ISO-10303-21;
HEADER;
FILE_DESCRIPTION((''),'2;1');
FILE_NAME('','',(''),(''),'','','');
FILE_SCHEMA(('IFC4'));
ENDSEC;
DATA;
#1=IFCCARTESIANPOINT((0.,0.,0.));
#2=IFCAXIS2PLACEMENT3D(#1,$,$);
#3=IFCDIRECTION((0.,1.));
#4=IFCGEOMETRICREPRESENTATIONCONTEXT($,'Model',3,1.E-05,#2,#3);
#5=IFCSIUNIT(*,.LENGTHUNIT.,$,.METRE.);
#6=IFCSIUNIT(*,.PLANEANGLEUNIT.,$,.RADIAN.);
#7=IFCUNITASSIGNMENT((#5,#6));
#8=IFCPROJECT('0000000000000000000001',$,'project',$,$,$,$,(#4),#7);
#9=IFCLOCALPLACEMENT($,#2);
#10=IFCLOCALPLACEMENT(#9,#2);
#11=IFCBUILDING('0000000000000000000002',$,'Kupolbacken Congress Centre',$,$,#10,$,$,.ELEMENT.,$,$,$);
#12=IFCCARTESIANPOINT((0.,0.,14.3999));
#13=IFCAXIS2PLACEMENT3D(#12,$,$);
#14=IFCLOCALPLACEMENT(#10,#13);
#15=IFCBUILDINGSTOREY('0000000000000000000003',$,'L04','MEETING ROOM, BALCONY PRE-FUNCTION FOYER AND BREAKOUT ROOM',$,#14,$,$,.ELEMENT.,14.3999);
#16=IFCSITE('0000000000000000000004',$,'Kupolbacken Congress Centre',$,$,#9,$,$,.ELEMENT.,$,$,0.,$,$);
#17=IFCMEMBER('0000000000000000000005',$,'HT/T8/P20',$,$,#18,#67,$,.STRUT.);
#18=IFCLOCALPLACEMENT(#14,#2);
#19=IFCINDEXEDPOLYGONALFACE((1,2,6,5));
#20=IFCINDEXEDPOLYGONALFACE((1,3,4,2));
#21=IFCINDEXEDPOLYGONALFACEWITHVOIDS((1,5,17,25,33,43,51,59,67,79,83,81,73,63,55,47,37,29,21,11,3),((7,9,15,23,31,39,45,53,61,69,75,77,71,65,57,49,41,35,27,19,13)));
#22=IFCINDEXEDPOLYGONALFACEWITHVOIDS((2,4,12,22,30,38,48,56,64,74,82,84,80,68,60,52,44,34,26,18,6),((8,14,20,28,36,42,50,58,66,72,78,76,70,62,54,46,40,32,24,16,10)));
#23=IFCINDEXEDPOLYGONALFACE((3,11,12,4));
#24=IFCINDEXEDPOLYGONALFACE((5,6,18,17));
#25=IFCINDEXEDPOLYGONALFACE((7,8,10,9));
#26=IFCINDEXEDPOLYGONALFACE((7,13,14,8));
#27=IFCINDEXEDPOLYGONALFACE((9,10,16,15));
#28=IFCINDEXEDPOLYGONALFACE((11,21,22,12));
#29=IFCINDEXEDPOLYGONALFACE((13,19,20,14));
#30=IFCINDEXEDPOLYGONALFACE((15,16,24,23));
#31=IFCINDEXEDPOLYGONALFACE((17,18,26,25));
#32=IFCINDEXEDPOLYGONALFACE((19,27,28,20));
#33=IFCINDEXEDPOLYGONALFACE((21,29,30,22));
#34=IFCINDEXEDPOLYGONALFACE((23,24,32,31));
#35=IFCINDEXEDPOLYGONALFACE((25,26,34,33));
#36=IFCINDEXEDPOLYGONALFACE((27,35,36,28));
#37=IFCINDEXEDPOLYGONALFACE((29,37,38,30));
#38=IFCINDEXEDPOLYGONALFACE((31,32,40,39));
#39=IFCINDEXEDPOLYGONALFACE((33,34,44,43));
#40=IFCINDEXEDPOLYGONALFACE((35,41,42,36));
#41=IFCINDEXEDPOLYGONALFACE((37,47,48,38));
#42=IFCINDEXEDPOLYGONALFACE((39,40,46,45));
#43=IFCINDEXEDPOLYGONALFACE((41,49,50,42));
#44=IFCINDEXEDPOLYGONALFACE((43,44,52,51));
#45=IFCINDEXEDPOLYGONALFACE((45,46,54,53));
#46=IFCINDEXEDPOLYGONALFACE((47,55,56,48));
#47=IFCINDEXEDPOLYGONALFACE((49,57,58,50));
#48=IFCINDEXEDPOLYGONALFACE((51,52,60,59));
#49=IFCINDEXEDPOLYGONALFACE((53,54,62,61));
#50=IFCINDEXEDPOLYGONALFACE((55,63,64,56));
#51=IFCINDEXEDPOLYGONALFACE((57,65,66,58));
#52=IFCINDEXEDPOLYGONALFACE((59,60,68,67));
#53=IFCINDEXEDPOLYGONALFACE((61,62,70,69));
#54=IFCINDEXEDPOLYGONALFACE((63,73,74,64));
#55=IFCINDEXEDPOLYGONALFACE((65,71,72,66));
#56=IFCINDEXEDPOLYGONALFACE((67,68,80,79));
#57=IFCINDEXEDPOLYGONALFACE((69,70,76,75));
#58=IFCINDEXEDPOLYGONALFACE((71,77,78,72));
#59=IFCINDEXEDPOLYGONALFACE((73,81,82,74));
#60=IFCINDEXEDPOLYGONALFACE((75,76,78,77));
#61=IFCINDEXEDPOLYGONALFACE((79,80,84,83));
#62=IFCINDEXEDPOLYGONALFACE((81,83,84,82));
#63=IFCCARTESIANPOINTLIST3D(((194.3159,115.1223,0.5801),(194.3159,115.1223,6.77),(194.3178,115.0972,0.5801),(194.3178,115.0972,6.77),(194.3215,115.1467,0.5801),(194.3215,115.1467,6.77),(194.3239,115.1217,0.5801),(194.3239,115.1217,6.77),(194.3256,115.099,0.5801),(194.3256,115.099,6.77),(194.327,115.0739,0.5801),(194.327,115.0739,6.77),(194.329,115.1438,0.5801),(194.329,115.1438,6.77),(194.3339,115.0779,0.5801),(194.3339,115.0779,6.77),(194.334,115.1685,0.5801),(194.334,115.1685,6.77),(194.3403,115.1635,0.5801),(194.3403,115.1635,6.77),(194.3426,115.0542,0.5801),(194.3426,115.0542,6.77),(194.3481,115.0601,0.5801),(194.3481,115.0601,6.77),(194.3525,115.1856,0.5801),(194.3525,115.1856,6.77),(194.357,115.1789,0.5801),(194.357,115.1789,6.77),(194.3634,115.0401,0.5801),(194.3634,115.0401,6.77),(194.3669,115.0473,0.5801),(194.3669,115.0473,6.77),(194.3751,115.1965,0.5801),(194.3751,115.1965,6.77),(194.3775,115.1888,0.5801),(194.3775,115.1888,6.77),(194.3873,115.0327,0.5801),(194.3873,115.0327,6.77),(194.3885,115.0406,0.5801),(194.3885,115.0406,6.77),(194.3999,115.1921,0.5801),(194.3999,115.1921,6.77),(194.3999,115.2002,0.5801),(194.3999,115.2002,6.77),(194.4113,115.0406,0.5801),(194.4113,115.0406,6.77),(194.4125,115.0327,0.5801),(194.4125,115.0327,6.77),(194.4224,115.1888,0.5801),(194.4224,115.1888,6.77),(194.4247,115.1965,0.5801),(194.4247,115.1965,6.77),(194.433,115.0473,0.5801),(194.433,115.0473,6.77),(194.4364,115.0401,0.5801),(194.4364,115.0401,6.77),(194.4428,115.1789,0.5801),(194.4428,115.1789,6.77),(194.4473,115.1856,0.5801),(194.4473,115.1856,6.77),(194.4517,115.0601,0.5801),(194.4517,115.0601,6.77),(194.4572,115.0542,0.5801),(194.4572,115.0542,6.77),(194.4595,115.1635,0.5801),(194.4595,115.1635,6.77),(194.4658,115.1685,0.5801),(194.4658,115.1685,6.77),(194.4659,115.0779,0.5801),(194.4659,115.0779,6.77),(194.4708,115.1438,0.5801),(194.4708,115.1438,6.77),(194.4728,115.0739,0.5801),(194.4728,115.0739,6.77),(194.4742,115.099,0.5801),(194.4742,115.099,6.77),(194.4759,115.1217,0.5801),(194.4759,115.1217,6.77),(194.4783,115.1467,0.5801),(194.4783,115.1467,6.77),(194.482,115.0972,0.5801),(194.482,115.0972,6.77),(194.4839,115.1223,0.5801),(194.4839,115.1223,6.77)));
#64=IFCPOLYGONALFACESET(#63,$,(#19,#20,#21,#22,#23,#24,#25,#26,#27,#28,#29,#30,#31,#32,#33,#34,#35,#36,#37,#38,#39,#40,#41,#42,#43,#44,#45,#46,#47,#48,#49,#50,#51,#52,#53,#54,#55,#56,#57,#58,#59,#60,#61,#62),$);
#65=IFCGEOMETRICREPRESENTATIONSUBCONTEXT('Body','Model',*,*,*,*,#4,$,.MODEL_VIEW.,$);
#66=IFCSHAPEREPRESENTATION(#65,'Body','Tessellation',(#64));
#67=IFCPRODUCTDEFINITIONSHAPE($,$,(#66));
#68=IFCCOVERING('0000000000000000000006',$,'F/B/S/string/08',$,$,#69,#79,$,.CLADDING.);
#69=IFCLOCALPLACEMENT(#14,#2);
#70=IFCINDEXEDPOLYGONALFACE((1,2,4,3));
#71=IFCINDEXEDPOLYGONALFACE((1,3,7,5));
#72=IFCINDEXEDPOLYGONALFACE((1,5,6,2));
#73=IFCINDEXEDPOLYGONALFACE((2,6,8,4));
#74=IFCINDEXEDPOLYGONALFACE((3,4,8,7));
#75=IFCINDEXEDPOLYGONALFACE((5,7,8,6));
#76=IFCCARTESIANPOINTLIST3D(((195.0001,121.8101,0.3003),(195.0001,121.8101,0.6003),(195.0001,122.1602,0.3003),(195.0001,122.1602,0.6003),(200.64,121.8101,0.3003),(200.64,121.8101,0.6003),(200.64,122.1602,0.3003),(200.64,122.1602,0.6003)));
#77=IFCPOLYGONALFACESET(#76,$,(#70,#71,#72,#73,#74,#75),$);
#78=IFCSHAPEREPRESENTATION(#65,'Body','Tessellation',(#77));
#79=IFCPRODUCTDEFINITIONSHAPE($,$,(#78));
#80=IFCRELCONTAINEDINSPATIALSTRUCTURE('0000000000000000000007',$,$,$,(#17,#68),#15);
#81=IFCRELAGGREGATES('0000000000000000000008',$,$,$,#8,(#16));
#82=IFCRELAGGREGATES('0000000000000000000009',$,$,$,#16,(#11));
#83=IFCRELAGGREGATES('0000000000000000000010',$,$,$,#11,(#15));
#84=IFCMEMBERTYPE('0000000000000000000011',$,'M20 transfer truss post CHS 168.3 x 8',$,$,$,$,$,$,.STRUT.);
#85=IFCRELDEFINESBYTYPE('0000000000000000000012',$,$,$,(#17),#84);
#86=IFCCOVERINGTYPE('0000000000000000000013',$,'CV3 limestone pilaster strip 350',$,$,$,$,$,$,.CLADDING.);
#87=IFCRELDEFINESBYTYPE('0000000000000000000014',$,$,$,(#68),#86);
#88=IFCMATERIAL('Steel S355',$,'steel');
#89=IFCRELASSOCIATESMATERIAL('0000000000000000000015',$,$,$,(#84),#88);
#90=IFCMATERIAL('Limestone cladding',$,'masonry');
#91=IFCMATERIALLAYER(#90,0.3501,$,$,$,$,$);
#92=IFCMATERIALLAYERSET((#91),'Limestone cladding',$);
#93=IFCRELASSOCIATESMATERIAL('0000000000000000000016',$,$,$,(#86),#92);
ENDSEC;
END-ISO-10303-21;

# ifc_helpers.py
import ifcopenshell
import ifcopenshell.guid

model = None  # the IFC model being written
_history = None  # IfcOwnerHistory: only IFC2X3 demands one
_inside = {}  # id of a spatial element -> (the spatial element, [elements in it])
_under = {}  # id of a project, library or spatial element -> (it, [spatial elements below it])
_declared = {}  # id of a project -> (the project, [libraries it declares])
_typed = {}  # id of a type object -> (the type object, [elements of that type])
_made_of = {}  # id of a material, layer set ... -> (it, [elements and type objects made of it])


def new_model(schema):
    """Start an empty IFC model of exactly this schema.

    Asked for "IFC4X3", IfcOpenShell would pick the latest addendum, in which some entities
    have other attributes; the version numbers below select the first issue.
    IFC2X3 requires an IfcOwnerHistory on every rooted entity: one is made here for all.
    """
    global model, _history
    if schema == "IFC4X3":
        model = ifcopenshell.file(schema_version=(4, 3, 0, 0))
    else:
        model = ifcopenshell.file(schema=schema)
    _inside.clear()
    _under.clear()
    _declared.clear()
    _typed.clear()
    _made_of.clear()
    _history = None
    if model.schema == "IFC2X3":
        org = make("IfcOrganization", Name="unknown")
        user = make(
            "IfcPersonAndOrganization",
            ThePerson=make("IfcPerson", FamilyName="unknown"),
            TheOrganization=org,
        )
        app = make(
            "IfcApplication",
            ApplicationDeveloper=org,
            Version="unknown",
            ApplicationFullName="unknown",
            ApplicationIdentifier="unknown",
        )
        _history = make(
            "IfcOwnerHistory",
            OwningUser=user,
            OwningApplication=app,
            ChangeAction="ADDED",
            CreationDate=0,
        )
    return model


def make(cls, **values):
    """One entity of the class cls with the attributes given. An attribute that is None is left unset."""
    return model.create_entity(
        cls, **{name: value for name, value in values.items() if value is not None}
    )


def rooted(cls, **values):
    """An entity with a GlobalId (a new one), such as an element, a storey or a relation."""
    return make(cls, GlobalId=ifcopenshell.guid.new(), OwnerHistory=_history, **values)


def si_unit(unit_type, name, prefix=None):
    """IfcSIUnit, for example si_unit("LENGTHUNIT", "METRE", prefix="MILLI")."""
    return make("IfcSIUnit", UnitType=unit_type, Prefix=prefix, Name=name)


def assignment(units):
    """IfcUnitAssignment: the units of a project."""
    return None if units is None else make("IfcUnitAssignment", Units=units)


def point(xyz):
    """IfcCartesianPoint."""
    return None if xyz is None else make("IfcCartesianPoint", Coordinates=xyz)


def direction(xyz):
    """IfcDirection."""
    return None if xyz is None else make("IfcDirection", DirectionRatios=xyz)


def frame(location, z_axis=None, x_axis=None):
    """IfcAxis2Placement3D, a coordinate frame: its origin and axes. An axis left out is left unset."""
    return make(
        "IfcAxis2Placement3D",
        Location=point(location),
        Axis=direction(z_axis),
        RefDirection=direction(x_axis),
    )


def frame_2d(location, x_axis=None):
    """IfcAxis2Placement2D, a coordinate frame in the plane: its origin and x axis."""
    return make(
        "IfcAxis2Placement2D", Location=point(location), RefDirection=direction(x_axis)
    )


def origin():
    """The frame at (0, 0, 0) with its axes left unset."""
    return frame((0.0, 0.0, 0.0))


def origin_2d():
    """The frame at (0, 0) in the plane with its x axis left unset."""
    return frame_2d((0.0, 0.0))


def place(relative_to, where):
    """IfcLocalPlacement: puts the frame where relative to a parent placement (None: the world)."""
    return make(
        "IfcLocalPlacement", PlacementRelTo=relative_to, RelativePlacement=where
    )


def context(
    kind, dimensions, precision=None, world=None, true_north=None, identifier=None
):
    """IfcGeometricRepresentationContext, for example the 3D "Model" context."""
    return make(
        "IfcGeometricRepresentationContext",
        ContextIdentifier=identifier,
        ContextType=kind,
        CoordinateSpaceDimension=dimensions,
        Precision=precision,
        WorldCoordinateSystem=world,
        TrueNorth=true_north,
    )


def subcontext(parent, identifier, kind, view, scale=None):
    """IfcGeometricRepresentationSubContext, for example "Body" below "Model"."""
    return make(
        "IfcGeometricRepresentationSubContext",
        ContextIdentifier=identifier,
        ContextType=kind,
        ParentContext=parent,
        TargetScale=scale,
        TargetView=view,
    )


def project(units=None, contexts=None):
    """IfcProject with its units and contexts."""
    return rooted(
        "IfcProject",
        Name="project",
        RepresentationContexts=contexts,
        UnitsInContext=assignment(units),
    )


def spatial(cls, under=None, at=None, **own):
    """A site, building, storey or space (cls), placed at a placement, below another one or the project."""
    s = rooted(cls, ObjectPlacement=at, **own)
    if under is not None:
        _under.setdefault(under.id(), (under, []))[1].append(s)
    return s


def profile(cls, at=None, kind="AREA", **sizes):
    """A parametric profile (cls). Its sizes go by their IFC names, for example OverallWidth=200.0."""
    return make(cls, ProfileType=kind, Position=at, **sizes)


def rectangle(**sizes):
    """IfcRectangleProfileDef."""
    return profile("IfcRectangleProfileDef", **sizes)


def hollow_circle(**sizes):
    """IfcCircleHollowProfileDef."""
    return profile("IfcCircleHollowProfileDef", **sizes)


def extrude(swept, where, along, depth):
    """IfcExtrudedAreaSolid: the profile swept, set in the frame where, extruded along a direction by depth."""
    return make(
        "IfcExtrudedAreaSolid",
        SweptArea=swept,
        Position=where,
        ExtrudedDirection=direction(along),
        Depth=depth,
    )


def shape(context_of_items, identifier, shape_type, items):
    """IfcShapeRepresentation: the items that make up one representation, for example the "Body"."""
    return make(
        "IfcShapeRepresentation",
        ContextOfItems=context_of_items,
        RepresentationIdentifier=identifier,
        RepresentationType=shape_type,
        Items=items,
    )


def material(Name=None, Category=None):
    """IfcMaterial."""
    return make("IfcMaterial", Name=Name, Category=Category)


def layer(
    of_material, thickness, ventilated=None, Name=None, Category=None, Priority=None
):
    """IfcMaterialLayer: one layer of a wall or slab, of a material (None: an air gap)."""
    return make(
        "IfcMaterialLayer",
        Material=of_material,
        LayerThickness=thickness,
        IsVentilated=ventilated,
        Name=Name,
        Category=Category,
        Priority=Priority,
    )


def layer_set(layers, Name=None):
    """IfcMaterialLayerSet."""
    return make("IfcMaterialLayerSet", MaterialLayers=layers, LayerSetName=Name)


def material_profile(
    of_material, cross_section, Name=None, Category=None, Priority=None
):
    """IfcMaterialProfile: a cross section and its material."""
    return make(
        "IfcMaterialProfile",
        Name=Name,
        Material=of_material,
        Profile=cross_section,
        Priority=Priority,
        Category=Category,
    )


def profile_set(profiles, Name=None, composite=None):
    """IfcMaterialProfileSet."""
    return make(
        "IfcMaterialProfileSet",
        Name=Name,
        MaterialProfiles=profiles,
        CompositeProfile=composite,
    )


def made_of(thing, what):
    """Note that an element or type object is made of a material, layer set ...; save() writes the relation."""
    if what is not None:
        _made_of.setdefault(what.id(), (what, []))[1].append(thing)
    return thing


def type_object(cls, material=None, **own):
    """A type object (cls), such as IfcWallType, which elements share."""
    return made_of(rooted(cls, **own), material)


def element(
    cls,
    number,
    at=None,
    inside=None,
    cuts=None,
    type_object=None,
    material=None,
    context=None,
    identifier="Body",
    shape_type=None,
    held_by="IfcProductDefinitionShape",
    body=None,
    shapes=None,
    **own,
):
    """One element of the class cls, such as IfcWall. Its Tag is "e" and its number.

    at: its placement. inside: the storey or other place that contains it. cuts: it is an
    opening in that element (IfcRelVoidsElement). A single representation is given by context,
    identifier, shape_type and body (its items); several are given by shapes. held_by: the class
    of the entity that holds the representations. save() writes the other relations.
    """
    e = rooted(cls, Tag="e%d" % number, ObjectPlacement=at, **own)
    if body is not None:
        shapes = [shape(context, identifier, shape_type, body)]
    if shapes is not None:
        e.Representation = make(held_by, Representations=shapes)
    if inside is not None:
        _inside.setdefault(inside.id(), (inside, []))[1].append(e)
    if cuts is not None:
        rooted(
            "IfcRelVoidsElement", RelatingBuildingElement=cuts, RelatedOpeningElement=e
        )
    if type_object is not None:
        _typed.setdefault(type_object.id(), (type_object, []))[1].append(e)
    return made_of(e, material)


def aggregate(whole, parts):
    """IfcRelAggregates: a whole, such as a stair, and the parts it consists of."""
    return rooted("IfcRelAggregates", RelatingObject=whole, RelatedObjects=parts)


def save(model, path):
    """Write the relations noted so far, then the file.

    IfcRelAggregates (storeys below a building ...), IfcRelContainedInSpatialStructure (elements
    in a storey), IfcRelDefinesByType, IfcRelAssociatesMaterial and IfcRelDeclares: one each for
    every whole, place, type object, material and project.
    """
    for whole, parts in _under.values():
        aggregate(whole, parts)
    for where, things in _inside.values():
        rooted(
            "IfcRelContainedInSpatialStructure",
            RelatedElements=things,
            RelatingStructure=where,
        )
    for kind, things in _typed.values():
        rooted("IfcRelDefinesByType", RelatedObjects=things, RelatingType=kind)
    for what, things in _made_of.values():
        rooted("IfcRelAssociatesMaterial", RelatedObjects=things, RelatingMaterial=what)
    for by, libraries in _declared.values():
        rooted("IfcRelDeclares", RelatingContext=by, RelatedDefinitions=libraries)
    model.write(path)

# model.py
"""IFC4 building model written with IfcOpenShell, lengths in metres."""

from ifc_helpers import new_model, si_unit, direction, frame, origin, origin_2d, place, context, subcontext, project, spatial, rectangle, hollow_circle, extrude, material, layer, layer_set, material_profile, profile_set, type_object, element, save


model = new_model("IFC4")

# Units and contexts
model_context = context("Model", 3, precision=1e-05, world=origin(), true_north=direction((0.0, 1.0)))
body_context = subcontext(model_context, "Body", "Model", "MODEL_VIEW")
ifc_project = project(units=[si_unit("LENGTHUNIT", "METRE"), si_unit("PLANEANGLEUNIT", "RADIAN")], contexts=[model_context])

# Site, building, storey
site_placement = place(None, origin())
site = spatial("IfcSite", under=ifc_project, at=site_placement, Name="Kupolbacken Congress Centre", CompositionType="ELEMENT", RefElevation=0.0)
building_placement = place(site_placement, origin())
building = spatial("IfcBuilding", under=site, at=building_placement, Name="Kupolbacken Congress Centre", CompositionType="ELEMENT")
storey_placement = place(building_placement, frame((0.0, 0.0, 14.3999)))
storey = spatial("IfcBuildingStorey", under=building, at=storey_placement, Name="L04", Description="MEETING ROOM, BALCONY PRE-FUNCTION FOYER AND BREAKOUT ROOM", CompositionType="ELEMENT", Elevation=14.3999)

# Member
ifc_material_1 = material(Name="Steel S355", Category="steel")
ifc_material_profile_1 = material_profile(ifc_material_1, hollow_circle(Radius=0.0842, WallThickness=0.0081, at=origin_2d()), Name="CHS 168.3 x 8")
ifc_profile_set_1 = profile_set([ifc_material_profile_1], Name="Steel S355")
member_type_1 = type_object("IfcMemberType", Name="M20 transfer truss post CHS 168.3 x 8", PredefinedType="STRUT", material=ifc_profile_set_1)
member_1_placement = place(storey_placement, frame((194.3999, 115.116, 0.5801), z_axis=(0.0, 0.0, 1.0), x_axis=(0.0, 1.0, 0.0)))
element("IfcMember", 1, at=member_1_placement, inside=storey, type_object=member_type_1, Name="HT/T8/P20", PredefinedType="STRUT", context=body_context, shape_type="SweptSolid", body=[
    extrude(hollow_circle(Radius=0.0842, WallThickness=0.0081, at=origin_2d()), origin(), (0.0, 0.0, 1.0), 6.1899),
])

# Covering
ifc_material_2 = material(Name="Limestone cladding", Category="masonry")
ifc_layer_1 = layer(ifc_material_2, 0.3501)
ifc_layer_set_1 = layer_set([ifc_layer_1], Name="Limestone cladding")
covering_type = type_object("IfcCoveringType", Name="CV3 limestone pilaster strip 350", PredefinedType="CLADDING", material=ifc_layer_set_1)
covering_placement = place(storey_placement, frame((197.8201, 121.9851, 0.3003), z_axis=(0.0, 0.0, 1.0), x_axis=(1.0, 0.0, 0.0)))
element("IfcCovering", 2, at=covering_placement, inside=storey, type_object=covering_type, Name="F/B/S/string/08", PredefinedType="CLADDING", context=body_context, shape_type="SweptSolid", body=[
    extrude(rectangle(XDim=5.6399, YDim=0.3501, at=origin_2d()), origin(), (0.0, 0.0, 1.0), 0.3),
])

save(model, "model.ifc")
